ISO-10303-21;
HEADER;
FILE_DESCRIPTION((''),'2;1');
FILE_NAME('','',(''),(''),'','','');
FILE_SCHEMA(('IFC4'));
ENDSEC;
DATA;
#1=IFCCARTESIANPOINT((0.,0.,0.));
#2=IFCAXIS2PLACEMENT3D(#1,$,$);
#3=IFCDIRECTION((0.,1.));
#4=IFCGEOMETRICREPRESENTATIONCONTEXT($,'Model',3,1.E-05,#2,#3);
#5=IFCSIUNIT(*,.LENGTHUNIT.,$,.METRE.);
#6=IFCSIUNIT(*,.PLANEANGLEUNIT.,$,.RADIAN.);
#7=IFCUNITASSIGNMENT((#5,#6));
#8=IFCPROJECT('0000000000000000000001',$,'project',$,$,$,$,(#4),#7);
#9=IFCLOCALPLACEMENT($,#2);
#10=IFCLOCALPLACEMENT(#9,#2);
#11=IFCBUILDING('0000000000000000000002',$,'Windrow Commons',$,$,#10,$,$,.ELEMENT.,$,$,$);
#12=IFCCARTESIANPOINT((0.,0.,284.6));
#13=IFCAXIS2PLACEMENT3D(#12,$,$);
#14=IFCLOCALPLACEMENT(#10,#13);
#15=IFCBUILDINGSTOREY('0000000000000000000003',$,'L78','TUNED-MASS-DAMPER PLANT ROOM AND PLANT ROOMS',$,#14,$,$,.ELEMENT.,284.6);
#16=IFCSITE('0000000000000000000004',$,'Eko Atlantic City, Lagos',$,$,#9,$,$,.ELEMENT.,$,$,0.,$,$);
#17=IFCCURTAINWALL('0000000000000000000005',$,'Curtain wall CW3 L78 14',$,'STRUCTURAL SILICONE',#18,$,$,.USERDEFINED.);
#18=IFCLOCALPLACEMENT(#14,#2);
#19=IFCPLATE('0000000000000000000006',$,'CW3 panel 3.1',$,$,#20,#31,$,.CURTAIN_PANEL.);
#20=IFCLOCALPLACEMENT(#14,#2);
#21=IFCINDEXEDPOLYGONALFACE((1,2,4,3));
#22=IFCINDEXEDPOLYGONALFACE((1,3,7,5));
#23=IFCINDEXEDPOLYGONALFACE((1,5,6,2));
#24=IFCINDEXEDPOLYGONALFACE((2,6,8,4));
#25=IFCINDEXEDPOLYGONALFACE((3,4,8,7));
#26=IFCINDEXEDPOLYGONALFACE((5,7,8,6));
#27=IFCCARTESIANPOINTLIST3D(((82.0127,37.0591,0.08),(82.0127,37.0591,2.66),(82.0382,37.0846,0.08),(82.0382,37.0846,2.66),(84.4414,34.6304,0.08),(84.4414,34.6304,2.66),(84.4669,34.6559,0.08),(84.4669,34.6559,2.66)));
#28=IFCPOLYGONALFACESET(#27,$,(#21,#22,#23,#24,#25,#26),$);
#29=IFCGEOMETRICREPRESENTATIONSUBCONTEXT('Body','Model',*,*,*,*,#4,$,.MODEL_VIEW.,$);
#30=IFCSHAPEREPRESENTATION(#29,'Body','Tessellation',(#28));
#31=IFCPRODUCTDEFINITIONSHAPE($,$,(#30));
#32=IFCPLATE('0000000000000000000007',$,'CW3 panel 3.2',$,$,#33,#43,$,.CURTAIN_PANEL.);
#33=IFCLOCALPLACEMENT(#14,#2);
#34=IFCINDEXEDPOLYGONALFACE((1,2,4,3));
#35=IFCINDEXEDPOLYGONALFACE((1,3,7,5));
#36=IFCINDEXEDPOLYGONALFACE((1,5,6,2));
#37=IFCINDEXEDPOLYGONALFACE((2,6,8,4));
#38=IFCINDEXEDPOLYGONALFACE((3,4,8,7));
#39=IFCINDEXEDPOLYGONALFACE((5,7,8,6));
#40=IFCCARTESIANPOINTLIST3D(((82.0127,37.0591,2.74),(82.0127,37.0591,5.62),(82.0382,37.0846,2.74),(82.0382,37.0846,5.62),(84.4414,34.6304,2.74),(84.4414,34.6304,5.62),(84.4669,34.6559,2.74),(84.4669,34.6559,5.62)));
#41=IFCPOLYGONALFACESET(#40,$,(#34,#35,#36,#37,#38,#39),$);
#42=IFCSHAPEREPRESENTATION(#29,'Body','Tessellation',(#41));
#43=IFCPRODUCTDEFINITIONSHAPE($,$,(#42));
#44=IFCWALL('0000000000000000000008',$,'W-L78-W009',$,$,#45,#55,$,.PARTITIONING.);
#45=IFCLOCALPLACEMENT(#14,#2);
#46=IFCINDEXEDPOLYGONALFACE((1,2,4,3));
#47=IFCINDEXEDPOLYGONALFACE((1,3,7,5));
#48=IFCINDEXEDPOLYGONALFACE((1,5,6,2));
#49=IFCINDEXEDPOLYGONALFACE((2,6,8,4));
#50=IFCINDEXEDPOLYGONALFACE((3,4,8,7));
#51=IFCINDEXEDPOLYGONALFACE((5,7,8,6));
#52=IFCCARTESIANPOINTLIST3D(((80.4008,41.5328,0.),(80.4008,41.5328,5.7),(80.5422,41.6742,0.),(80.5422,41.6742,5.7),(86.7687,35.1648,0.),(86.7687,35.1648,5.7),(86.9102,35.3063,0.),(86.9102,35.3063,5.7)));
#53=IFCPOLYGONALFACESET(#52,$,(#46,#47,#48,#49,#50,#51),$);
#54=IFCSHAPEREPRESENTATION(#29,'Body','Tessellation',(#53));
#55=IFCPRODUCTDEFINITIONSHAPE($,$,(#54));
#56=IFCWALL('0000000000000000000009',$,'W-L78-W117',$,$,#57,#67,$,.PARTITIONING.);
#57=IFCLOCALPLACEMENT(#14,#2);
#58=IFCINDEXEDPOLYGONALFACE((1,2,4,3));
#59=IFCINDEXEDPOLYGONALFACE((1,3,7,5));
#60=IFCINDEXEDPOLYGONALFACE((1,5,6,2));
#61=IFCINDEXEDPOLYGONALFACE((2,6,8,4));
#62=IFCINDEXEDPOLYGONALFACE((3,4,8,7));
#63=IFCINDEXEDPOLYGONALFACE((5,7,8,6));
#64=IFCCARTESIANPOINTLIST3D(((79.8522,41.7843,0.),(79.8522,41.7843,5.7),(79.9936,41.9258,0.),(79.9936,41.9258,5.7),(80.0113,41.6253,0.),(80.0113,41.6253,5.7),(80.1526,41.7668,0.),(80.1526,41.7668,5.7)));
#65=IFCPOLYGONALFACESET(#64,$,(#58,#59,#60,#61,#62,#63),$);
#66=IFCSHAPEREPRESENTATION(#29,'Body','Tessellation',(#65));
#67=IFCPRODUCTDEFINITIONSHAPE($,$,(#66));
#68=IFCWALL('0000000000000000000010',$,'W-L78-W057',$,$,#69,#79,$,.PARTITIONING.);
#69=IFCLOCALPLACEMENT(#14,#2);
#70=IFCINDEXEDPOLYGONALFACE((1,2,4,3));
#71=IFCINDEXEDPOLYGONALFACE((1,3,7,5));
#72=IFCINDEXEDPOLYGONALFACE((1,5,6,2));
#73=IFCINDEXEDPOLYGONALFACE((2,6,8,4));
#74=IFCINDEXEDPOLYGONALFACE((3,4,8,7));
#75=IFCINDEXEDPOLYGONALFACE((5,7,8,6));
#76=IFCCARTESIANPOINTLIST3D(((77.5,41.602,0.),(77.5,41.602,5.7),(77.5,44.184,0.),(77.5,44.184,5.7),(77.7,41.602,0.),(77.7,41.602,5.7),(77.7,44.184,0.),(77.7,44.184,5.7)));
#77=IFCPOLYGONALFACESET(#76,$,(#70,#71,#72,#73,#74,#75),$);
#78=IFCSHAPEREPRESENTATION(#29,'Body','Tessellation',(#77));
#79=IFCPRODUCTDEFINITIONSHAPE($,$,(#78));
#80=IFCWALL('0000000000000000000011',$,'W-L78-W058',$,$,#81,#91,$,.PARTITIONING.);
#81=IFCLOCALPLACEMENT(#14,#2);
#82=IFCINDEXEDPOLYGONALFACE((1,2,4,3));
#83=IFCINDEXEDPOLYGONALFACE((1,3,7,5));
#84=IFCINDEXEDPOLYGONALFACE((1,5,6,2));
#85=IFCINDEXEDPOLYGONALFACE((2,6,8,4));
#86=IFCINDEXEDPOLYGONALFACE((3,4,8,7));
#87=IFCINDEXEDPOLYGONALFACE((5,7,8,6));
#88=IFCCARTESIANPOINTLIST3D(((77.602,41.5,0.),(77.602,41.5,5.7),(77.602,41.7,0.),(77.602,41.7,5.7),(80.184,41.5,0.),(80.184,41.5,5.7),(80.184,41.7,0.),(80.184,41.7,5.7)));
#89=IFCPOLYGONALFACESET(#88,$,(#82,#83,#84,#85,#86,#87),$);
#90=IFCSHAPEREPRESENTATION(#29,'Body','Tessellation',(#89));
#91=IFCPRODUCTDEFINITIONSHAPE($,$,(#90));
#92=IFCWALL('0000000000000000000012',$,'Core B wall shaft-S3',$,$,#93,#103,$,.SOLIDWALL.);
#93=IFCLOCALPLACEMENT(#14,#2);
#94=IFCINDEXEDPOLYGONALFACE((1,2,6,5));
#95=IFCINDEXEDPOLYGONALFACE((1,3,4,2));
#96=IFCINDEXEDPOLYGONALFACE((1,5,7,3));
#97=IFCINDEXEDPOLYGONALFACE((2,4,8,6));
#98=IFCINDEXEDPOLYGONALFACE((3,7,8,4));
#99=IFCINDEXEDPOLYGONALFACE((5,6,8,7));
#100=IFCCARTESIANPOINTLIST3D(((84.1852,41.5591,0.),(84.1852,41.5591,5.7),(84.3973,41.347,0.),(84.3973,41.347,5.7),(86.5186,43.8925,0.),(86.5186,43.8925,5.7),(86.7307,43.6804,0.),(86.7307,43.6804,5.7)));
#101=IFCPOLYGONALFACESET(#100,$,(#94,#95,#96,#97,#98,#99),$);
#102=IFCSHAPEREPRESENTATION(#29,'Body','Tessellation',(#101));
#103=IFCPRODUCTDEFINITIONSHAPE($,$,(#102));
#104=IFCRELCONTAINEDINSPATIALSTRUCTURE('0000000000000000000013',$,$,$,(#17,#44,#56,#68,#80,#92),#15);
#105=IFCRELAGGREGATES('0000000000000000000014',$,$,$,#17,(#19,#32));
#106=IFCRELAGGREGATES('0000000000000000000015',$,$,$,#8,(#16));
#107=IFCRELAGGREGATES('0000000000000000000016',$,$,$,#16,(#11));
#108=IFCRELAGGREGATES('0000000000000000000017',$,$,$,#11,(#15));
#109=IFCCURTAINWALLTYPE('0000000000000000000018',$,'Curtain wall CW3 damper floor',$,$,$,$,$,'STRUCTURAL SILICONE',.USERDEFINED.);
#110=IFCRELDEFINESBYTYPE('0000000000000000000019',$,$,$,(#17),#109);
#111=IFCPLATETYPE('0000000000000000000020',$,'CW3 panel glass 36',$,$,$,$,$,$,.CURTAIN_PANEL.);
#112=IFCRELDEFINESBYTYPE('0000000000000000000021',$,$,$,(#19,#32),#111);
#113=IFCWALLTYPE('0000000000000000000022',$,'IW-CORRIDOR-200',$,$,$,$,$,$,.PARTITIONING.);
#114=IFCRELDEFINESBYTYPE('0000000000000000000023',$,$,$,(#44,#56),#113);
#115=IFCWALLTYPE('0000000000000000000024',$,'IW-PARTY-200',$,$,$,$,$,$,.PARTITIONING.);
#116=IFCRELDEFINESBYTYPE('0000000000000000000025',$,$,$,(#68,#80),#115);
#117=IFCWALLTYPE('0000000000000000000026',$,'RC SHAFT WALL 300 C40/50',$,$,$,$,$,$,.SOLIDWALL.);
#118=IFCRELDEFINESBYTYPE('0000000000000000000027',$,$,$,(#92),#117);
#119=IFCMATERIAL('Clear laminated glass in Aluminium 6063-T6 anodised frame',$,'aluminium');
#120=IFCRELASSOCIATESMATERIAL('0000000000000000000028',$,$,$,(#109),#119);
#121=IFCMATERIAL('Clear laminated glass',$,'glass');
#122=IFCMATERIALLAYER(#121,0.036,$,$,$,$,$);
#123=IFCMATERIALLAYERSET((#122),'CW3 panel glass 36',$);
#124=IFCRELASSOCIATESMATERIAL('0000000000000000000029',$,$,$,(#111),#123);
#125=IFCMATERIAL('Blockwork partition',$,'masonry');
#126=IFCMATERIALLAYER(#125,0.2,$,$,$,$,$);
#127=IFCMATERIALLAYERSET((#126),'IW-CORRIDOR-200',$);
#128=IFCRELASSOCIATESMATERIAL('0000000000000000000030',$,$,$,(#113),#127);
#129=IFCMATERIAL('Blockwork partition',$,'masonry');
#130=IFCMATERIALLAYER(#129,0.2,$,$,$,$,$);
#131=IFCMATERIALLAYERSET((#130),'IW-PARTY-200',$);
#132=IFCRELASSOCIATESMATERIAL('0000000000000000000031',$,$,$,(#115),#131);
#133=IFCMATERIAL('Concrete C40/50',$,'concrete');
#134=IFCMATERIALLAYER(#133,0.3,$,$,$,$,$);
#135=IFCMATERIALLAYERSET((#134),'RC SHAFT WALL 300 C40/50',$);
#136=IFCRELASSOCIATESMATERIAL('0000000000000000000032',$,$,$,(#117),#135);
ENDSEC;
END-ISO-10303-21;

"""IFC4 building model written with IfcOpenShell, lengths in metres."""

from ifc_helpers import new_model, si_unit, direction, frame, frame_2d, origin, origin_2d, place, context, subcontext, project, spatial, rectangle, extrude, material, layer, layer_set, type_object, element, aggregate, save


model = new_model("IFC4")

# Units and contexts
model_context = context("Model", 3, precision=1e-05, world=origin(), true_north=direction((0.0, 1.0)))
body_context = subcontext(model_context, "Body", "Model", "MODEL_VIEW")
ifc_project = project(units=[si_unit("LENGTHUNIT", "METRE"), si_unit("PLANEANGLEUNIT", "RADIAN")], contexts=[model_context])

# Site, building, storey
site_placement = place(None, origin())
site = spatial("IfcSite", under=ifc_project, at=site_placement, Name="Eko Atlantic City, Lagos", CompositionType="ELEMENT", RefElevation=0.0)
building_placement = place(site_placement, origin())
building = spatial("IfcBuilding", under=site, at=building_placement, Name="Windrow Commons", CompositionType="ELEMENT")
storey_placement = place(building_placement, frame((0.0, 0.0, 284.6)))
storey = spatial("IfcBuildingStorey", under=building, at=storey_placement, Name="L78", Description="TUNED-MASS-DAMPER PLANT ROOM AND PLANT ROOMS", CompositionType="ELEMENT", Elevation=284.6)

# Curtain wall, plates
ifc_material_1 = material(Name="Clear laminated glass in Aluminium 6063-T6 anodised frame", Category="aluminium")
curtain_wall_type = type_object("IfcCurtainWallType", Name="Curtain wall CW3 damper floor", ElementType="STRUCTURAL SILICONE", PredefinedType="USERDEFINED", material=ifc_material_1)
curtain_wall_placement = place(storey_placement, origin())
curtain_wall = element("IfcCurtainWall", 1, at=curtain_wall_placement, inside=storey, type_object=curtain_wall_type, Name="Curtain wall CW3 L78 14", ObjectType="STRUCTURAL SILICONE", PredefinedType="USERDEFINED")
ifc_material_2 = material(Name="Clear laminated glass", Category="glass")
ifc_layer_1 = layer(ifc_material_2, 0.036)
ifc_layer_set_1 = layer_set([ifc_layer_1], Name="CW3 panel glass 36")
plate_type = type_object("IfcPlateType", Name="CW3 panel glass 36", PredefinedType="CURTAIN_PANEL", material=ifc_layer_set_1)
plate_1_placement = place(storey_placement, frame((83.2398, 35.8575, 0.08), z_axis=(0.0, 0.0, 1.0), x_axis=(0.707107, -0.707107, 0.0)))
plate_1 = element("IfcPlate", 2, at=plate_1_placement, type_object=plate_type, Name="CW3 panel 3.1", PredefinedType="CURTAIN_PANEL", context=body_context, shape_type="SweptSolid", body=[
    extrude(rectangle(XDim=3.4347, YDim=0.036, at=origin_2d()), origin(), (0.0, 0.0, 1.0), 2.58),
])
plate_2_placement = place(storey_placement, frame((83.2398, 35.8575, 2.74), z_axis=(0.0, 0.0, 1.0), x_axis=(0.707107, -0.707107, 0.0)))
plate_2 = element("IfcPlate", 3, at=plate_2_placement, type_object=plate_type, Name="CW3 panel 3.2", PredefinedType="CURTAIN_PANEL", context=body_context, shape_type="SweptSolid", body=[
    extrude(rectangle(XDim=3.4347, YDim=0.036, at=origin_2d()), origin(), (0.0, 0.0, 1.0), 2.88),
])
aggregate(curtain_wall, [plate_1, plate_2])

# Walls
ifc_material_3 = material(Name="Blockwork partition", Category="masonry")
ifc_layer_2 = layer(ifc_material_3, 0.2)
ifc_layer_set_2 = layer_set([ifc_layer_2], Name="IW-CORRIDOR-200")
wall_type_1 = type_object("IfcWallType", Name="IW-CORRIDOR-200", PredefinedType="PARTITIONING", material=ifc_layer_set_2)
wall_1_placement = place(storey_placement, frame((80.4715, 41.6035, 0.0), z_axis=(0.0, 0.0, 1.0), x_axis=(0.707107, -0.707107, 0.0)))
element("IfcWall", 4, at=wall_1_placement, inside=storey, type_object=wall_type_1, Name="W-L78-W009", PredefinedType="PARTITIONING", context=body_context, shape_type="SweptSolid", body=[
    extrude(rectangle(XDim=9.0057, YDim=0.2, at=frame_2d((4.5028, 0.0))), origin(), (0.0, 0.0, 1.0), 5.7),
])
wall_2_placement = place(storey_placement, frame((79.9229, 41.855, 0.0), z_axis=(0.0, 0.0, 1.0), x_axis=(0.707329, -0.706884, 0.0)))
element("IfcWall", 5, at=wall_2_placement, inside=storey, type_object=wall_type_1, Name="W-L78-W117", PredefinedType="PARTITIONING", context=body_context, shape_type="SweptSolid", body=[
    extrude(rectangle(XDim=0.2249, YDim=0.2, at=frame_2d((0.1124, 0.0))), origin(), (0.0, 0.0, 1.0), 5.7),
])
ifc_material_4 = material(Name="Blockwork partition", Category="masonry")
ifc_layer_3 = layer(ifc_material_4, 0.2)
ifc_layer_set_3 = layer_set([ifc_layer_3], Name="IW-PARTY-200")
wall_type_2 = type_object("IfcWallType", Name="IW-PARTY-200", PredefinedType="PARTITIONING", material=ifc_layer_set_3)
for number, where, z_axis, x_axis, name in (
    (6, (77.6, 41.602, 0.0), (0.0, 0.0, 1.0), (0.0, 1.0, 0.0), "W-L78-W057"),
    (7, (77.602, 41.6, 0.0), (0.0, 0.0, 1.0), (1.0, 0.0, 0.0), "W-L78-W058"),
):
    element("IfcWall", number, at=place(storey_placement, frame(where, z_axis=z_axis, x_axis=x_axis)), inside=storey, type_object=wall_type_2, Name=name, PredefinedType="PARTITIONING", context=body_context, shape_type="SweptSolid", body=[
        extrude(rectangle(XDim=2.582, YDim=0.2, at=frame_2d((1.291, 0.0))), origin(), (0.0, 0.0, 1.0), 5.7),
    ])
ifc_material_5 = material(Name="Concrete C40/50", Category="concrete")
ifc_layer_4 = layer(ifc_material_5, 0.3)
ifc_layer_set_4 = layer_set([ifc_layer_4], Name="RC SHAFT WALL 300 C40/50")
wall_type_3 = type_object("IfcWallType", Name="RC SHAFT WALL 300 C40/50", PredefinedType="SOLIDWALL", material=ifc_layer_set_4)
wall_3_placement = place(storey_placement, frame((84.2912, 41.453, 0.0), z_axis=(0.0, 0.0, 1.0), x_axis=(0.707107, 0.707107, 0.0)))
element("IfcWall", 8, at=wall_3_placement, inside=storey, type_object=wall_type_3, Name="Core B wall shaft-S3", PredefinedType="SOLIDWALL", context=body_context, shape_type="SweptSolid", body=[
    extrude(rectangle(XDim=3.2999, YDim=0.3, at=frame_2d((1.65, 0.0))), origin(), (0.0, 0.0, 1.0), 5.7),
])

save(model, "model.ifc")
